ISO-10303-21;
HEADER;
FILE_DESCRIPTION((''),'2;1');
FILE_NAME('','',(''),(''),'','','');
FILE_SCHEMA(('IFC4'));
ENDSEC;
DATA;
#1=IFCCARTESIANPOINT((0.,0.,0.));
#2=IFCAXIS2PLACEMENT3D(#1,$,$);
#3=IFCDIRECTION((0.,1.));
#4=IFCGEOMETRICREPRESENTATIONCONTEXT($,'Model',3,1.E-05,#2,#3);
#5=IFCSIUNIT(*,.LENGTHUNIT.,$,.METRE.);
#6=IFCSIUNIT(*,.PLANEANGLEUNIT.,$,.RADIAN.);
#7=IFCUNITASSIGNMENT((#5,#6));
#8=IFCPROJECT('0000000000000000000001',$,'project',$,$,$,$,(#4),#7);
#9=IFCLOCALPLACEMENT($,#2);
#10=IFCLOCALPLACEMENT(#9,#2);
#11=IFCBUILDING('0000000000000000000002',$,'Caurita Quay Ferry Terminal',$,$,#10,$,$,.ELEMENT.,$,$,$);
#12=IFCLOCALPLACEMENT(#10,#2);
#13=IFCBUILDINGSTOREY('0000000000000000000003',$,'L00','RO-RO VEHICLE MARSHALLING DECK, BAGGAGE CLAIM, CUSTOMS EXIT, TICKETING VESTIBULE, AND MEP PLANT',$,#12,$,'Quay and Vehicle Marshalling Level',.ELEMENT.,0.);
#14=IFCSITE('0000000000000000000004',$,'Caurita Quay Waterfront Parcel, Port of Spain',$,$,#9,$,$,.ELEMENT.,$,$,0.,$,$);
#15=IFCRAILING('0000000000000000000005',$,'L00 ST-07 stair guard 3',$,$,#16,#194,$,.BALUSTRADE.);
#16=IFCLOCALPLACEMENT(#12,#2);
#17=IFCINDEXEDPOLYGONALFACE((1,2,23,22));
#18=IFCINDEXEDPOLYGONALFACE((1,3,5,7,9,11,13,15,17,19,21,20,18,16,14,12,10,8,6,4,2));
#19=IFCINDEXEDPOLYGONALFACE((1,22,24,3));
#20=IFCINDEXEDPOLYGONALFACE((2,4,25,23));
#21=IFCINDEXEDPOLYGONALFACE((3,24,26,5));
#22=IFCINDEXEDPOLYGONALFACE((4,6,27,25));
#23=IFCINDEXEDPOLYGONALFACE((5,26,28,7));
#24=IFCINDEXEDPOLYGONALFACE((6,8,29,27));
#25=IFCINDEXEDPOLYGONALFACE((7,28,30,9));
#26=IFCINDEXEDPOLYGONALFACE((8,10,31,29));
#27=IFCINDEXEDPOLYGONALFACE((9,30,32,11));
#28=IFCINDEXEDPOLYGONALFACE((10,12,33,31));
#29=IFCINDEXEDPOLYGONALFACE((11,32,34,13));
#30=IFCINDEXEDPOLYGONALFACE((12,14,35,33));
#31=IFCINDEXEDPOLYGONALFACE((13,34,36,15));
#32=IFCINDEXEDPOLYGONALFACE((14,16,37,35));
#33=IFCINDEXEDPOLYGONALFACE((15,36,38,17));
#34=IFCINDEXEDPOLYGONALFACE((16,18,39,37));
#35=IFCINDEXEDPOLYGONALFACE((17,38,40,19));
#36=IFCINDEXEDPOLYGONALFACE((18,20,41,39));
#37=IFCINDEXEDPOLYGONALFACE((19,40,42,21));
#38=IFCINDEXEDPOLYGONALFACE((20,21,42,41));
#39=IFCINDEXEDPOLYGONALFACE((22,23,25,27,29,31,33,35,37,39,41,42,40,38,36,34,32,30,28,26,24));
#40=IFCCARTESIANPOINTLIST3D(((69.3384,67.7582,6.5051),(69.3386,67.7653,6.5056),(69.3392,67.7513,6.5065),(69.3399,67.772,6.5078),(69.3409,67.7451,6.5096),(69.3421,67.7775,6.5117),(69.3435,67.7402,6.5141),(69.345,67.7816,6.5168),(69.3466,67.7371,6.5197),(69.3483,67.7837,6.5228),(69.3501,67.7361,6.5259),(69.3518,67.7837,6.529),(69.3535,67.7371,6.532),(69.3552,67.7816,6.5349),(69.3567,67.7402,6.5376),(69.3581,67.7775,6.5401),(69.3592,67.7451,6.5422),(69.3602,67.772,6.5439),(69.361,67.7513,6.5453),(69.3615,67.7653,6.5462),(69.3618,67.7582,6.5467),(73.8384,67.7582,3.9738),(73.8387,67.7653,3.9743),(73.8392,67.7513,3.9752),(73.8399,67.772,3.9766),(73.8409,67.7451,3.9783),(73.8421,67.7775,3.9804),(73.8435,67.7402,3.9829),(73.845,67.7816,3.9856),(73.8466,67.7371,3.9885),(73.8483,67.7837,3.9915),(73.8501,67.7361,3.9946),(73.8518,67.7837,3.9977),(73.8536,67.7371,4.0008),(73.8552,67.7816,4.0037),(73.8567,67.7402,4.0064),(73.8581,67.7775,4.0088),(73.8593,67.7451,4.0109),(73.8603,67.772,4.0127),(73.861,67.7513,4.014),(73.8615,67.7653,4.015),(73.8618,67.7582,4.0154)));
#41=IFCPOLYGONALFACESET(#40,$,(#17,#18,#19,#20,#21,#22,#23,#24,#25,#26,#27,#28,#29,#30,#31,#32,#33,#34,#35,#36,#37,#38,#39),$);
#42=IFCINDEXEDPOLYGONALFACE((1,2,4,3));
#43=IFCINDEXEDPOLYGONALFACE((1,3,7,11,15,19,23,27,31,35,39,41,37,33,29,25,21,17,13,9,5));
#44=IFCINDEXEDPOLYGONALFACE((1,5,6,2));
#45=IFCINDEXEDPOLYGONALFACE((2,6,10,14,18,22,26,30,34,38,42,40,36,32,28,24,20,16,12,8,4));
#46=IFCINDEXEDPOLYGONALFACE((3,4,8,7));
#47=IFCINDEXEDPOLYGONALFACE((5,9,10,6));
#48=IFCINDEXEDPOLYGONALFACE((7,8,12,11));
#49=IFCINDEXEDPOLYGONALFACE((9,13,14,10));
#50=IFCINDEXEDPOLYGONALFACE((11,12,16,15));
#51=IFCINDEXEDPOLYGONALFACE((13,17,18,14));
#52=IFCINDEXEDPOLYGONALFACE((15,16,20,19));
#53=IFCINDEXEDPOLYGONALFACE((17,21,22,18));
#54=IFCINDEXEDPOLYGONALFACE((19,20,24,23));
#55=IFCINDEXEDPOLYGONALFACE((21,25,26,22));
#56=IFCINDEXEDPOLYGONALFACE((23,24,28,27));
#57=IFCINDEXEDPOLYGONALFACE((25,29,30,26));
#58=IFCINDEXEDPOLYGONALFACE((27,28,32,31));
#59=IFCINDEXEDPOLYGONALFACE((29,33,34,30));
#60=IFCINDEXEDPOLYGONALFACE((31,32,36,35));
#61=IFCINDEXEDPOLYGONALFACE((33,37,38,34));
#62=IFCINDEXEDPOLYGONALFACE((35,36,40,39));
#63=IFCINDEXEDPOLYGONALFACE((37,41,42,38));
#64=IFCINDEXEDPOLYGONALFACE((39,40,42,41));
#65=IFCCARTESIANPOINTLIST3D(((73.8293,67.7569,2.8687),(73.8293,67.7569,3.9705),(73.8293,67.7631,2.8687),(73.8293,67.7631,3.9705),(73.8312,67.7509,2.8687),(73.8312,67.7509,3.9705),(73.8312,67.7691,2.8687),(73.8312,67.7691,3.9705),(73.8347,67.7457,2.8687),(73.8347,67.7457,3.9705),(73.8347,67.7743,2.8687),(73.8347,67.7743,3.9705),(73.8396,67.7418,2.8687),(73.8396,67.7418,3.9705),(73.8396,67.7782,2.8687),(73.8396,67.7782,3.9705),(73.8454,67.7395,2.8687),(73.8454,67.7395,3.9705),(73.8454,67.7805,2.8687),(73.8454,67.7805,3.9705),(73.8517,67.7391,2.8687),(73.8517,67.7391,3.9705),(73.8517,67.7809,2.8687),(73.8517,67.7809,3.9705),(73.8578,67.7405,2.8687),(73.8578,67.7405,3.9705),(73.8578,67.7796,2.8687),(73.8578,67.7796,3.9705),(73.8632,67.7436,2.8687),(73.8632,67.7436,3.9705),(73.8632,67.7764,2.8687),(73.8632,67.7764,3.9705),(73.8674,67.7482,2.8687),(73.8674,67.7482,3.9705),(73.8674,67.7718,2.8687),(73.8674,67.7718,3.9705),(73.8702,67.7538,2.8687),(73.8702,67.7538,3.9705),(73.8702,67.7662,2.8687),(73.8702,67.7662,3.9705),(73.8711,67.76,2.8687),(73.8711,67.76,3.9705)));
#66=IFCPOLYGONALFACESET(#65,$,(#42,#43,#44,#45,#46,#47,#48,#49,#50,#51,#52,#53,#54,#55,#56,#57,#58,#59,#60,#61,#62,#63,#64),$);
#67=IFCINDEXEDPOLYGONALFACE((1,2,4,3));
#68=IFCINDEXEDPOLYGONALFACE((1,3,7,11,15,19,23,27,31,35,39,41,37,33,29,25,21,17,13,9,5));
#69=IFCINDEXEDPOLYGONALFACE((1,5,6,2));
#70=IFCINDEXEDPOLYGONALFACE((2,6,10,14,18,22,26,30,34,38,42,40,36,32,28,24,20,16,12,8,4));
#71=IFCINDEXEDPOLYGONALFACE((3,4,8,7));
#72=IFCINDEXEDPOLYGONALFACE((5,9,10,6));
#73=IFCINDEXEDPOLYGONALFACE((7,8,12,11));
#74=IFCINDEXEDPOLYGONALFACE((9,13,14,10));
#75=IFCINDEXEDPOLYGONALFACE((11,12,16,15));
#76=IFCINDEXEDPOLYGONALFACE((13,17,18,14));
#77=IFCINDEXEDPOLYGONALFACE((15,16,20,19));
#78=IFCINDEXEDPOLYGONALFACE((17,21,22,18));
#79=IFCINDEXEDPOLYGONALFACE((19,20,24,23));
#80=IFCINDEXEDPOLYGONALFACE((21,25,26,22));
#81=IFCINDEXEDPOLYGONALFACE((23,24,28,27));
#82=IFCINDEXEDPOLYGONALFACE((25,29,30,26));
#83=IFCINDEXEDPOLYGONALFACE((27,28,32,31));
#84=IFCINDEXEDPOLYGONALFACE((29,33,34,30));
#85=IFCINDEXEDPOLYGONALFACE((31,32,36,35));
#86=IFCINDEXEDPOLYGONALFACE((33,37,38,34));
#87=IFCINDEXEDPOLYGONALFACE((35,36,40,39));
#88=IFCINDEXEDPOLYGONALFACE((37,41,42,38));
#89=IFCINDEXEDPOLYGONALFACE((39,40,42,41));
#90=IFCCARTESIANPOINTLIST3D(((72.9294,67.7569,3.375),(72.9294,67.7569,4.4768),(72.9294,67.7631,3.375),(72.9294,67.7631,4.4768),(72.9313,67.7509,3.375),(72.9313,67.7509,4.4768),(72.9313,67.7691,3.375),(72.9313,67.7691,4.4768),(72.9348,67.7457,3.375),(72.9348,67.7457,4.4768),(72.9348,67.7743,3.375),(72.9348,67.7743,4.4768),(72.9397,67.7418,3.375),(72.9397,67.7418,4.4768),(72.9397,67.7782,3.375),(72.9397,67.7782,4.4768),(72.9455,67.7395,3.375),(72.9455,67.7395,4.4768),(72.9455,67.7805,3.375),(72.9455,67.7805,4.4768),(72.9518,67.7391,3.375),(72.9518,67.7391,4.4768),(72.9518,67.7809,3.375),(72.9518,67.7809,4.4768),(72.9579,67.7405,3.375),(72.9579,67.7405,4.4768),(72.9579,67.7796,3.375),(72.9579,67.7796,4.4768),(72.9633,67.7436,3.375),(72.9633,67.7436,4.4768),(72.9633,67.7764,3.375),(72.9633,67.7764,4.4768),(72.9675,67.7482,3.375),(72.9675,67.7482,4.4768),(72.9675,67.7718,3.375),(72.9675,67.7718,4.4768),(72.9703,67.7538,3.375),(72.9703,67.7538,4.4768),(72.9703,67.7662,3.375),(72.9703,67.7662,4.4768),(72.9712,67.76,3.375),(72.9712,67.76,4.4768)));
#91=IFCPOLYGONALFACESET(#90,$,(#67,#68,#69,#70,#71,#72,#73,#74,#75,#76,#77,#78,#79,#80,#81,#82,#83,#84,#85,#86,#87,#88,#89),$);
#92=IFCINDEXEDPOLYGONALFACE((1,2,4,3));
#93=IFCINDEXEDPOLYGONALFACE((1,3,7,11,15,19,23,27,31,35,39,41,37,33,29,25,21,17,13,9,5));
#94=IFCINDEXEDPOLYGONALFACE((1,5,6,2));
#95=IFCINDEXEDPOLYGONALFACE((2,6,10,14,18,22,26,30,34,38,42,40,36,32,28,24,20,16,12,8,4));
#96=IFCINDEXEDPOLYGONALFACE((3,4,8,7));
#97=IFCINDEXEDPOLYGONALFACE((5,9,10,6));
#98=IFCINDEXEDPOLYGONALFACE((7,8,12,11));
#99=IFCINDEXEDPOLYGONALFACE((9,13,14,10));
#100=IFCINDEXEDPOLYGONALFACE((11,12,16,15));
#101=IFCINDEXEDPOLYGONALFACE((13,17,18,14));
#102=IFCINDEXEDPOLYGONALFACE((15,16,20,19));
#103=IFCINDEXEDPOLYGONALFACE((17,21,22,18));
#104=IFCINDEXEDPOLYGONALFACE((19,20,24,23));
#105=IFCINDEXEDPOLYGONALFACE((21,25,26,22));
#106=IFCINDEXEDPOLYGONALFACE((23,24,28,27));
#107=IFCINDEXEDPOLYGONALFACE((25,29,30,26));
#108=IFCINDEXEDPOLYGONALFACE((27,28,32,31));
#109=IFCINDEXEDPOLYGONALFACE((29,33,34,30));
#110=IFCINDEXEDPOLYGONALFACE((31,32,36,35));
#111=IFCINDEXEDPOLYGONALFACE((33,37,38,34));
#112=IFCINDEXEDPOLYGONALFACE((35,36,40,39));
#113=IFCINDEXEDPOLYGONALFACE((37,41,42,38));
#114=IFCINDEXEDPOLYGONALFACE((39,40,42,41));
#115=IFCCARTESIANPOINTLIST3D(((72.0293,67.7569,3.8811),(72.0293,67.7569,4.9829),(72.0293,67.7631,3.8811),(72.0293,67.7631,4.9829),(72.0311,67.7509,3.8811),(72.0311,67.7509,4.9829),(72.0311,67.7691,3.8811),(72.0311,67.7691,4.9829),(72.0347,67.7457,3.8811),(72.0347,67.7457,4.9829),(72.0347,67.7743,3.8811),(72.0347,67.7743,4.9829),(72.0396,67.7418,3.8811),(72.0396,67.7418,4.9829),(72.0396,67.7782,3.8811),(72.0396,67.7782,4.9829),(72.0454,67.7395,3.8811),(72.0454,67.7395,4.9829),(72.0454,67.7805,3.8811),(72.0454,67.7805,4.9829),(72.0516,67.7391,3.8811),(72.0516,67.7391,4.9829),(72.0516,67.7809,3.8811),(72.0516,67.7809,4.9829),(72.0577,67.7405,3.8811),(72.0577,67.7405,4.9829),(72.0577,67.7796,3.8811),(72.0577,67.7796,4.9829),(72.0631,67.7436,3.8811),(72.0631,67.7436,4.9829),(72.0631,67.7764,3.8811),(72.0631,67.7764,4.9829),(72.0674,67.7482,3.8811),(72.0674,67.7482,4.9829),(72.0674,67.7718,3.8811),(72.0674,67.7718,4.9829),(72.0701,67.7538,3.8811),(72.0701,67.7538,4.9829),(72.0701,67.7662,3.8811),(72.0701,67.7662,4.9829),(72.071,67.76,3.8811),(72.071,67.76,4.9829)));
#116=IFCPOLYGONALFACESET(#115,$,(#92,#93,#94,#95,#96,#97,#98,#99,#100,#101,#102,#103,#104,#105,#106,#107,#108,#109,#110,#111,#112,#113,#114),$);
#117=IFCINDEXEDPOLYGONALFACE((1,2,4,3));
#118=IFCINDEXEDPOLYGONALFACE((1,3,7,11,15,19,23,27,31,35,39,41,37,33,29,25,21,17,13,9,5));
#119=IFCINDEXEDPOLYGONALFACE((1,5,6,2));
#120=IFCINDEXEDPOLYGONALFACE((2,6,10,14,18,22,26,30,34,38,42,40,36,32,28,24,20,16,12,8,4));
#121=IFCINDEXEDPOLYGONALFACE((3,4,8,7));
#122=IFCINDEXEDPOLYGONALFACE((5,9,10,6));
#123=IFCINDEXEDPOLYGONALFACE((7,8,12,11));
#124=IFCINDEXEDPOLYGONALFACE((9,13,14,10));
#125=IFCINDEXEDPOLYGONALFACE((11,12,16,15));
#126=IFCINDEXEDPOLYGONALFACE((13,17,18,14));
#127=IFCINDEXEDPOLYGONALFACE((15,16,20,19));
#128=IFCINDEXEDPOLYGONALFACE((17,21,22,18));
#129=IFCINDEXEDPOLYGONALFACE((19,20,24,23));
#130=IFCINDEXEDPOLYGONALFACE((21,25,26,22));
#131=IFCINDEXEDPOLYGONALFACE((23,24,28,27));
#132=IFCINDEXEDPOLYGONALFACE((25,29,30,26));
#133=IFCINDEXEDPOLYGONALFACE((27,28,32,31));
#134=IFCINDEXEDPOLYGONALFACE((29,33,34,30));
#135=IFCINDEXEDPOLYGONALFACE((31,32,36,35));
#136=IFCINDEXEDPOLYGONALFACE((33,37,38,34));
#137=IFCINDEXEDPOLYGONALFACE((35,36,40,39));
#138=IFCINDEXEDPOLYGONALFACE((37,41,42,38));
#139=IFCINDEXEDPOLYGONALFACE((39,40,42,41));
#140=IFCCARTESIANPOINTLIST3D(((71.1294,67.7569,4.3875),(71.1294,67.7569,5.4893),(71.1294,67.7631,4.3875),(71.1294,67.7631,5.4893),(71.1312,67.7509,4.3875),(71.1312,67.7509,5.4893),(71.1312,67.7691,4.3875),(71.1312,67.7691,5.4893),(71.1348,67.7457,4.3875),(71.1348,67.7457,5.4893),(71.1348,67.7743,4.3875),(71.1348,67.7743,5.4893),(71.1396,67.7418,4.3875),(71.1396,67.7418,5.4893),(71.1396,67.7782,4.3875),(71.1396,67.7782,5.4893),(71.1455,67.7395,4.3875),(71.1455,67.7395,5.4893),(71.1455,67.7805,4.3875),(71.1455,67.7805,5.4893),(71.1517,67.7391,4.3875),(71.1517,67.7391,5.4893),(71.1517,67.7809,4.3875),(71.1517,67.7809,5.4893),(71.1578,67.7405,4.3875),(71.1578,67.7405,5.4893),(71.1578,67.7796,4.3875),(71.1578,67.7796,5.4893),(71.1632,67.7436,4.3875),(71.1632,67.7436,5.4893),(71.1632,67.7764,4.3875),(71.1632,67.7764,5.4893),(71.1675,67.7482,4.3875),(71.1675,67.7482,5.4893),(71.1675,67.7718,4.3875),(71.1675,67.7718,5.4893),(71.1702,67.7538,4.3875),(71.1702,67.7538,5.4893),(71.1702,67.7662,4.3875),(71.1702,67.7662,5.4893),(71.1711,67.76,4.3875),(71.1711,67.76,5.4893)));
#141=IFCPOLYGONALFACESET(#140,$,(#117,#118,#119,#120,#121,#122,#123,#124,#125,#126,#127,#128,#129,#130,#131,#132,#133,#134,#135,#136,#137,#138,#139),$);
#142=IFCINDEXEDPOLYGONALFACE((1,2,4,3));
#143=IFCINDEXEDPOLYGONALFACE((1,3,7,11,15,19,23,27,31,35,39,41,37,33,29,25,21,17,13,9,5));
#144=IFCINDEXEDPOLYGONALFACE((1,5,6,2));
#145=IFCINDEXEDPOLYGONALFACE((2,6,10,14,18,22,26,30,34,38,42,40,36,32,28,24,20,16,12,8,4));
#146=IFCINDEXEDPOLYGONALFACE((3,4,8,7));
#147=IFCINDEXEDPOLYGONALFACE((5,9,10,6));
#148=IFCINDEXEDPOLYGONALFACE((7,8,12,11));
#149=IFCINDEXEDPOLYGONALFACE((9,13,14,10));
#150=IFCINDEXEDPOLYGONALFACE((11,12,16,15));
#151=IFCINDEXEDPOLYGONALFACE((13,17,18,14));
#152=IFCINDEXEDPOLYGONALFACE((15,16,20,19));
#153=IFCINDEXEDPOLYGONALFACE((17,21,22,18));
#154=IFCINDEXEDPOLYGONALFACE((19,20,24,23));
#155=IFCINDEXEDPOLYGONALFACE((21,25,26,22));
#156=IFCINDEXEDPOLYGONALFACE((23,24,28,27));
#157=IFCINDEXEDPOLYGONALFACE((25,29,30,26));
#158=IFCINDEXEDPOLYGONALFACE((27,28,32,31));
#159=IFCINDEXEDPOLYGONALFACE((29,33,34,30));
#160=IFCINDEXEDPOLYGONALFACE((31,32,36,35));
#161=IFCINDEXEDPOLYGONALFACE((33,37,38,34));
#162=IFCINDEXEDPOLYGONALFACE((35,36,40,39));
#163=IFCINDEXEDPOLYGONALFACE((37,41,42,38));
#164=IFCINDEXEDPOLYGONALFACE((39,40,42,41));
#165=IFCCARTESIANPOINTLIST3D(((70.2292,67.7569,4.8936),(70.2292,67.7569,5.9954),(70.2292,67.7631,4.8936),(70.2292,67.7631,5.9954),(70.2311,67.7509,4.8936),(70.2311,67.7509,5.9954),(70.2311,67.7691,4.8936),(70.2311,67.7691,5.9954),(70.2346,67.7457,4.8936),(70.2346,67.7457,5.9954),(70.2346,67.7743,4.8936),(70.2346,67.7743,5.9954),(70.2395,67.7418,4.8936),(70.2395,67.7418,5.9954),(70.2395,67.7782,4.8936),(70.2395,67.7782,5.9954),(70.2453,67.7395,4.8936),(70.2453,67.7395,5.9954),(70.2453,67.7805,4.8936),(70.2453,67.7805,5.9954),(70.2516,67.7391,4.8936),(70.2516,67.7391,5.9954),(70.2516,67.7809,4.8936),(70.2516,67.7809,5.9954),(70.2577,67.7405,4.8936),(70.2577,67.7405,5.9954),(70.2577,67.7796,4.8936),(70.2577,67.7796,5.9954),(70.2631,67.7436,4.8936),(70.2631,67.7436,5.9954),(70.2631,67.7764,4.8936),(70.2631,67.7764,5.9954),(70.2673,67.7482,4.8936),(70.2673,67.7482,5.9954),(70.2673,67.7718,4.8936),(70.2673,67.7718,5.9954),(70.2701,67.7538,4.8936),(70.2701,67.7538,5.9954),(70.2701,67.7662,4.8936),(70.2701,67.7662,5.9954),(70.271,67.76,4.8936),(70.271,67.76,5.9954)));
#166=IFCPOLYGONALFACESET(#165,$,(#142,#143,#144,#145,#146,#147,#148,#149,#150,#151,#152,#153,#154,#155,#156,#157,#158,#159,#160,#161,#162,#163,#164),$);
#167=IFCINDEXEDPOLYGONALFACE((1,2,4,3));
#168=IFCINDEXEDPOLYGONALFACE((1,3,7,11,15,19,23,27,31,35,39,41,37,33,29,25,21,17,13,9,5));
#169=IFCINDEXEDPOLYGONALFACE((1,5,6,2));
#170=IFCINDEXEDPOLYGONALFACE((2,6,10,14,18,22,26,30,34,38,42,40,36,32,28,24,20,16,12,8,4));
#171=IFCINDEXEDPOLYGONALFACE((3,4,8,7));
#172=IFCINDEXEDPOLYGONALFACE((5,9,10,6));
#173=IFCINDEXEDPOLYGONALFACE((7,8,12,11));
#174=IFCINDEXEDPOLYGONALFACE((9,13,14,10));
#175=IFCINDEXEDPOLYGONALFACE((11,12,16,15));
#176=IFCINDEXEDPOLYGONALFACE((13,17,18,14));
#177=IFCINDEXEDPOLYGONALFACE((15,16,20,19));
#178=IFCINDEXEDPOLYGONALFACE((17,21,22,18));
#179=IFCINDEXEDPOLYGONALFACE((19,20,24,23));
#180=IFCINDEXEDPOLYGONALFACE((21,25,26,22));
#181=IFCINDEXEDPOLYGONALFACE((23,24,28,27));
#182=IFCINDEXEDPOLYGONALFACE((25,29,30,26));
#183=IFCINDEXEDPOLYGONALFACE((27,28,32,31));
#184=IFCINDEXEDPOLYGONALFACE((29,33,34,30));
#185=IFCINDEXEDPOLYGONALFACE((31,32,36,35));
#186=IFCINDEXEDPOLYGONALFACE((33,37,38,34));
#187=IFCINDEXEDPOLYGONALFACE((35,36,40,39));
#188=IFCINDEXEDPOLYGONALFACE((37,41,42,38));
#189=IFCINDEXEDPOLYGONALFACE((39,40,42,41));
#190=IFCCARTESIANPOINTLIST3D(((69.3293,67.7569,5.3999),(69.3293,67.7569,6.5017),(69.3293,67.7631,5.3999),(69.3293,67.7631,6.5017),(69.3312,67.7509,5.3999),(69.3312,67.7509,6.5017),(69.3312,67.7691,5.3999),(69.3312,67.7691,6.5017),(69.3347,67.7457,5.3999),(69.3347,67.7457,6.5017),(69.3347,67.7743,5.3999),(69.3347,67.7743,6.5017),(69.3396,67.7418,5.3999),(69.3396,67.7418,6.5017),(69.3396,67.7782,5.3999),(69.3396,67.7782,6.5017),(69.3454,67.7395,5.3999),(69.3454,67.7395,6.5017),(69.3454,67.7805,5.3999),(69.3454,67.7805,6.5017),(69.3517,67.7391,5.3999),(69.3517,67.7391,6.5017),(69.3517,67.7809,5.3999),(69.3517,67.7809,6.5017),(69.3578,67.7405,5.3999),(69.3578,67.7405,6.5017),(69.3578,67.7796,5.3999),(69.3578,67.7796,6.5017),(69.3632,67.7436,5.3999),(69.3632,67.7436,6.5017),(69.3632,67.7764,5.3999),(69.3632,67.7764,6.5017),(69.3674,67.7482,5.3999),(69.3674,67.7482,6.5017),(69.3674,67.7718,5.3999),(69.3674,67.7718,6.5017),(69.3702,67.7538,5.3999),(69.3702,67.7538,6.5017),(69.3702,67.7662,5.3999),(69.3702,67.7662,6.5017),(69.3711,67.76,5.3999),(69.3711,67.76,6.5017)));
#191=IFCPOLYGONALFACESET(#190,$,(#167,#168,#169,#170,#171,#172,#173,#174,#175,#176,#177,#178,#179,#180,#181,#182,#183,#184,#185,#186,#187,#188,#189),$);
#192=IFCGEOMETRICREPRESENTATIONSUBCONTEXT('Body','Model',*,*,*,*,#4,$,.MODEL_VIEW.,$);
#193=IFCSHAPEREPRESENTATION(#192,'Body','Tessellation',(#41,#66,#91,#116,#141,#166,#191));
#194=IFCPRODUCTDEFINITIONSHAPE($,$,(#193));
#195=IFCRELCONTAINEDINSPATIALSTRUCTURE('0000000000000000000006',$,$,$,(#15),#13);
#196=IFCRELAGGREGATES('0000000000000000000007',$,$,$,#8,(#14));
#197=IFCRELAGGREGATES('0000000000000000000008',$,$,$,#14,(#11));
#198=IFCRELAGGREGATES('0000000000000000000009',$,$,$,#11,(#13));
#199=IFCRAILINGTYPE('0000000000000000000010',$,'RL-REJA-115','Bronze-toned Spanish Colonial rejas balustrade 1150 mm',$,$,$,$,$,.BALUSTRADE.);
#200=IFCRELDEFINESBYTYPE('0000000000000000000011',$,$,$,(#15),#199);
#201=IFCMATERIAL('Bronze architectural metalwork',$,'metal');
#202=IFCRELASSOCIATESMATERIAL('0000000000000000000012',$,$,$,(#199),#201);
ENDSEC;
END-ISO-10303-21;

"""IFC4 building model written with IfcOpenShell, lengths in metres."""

from ifc_helpers import new_model, si_unit, direction, frame, origin, origin_2d, place, context, subcontext, project, spatial, circle, extrude, material, type_object, element, save


model = new_model("IFC4")

# Units and contexts
model_context = context("Model", 3, precision=1e-05, world=origin(), true_north=direction((0.0, 1.0)))
body_context = subcontext(model_context, "Body", "Model", "MODEL_VIEW")
ifc_project = project(units=[si_unit("LENGTHUNIT", "METRE"), si_unit("PLANEANGLEUNIT", "RADIAN")], contexts=[model_context])

# Site, building, storey
site_placement = place(None, origin())
site = spatial("IfcSite", under=ifc_project, at=site_placement, Name="Caurita Quay Waterfront Parcel, Port of Spain", CompositionType="ELEMENT", RefElevation=0.0)
building_placement = place(site_placement, origin())
building = spatial("IfcBuilding", under=site, at=building_placement, Name="Caurita Quay Ferry Terminal", CompositionType="ELEMENT")
storey_placement = place(building_placement, origin())
storey = spatial("IfcBuildingStorey", under=building, at=storey_placement, Name="L00", Description="RO-RO VEHICLE MARSHALLING DECK, BAGGAGE CLAIM, CUSTOMS EXIT, TICKETING VESTIBULE, AND MEP PLANT", LongName="Quay and Vehicle Marshalling Level", CompositionType="ELEMENT", Elevation=0.0)

# Railing
ifc_material_1 = material(Name="Bronze architectural metalwork", Category="metal")
railing_type_1 = type_object("IfcRailingType", Name="RL-REJA-115", Description="Bronze-toned Spanish Colonial rejas balustrade 1150 mm", PredefinedType="BALUSTRADE", material=ifc_material_1)
railing_1_placement = place(storey_placement, frame((73.8501, 67.76, 2.8687)))
element("IfcRailing", 1, at=railing_1_placement, inside=storey, type_object=railing_type_1, Name="L00 ST-07 stair guard 3", PredefinedType="BALUSTRADE", context=body_context, shape_type="SweptSolid", body=[
    extrude(circle(Radius=0.0239, at=origin_2d()), frame((0.0, 0.0, 1.126), z_axis=(-0.871576, 0.0, 0.490261), x_axis=(0.0, -1.0, 0.0)), (0.0, 0.0, 1.0), 5.1631),
    extrude(circle(Radius=0.021, at=origin_2d()), origin(), (0.0, 0.0, 1.0), 1.1018),
    extrude(circle(Radius=0.021, at=origin_2d()), frame((-0.8999, 0.0, 0.5063)), (0.0, 0.0, 1.0), 1.1018),
    extrude(circle(Radius=0.021, at=origin_2d()), frame((-1.8, 0.0, 1.0125)), (0.0, 0.0, 1.0), 1.1018),
    extrude(circle(Radius=0.021, at=origin_2d()), frame((-2.7, 0.0, 1.5188)), (0.0, 0.0, 1.0), 1.1018),
    extrude(circle(Radius=0.021, at=origin_2d()), frame((-3.6001, 0.0, 2.0249)), (0.0, 0.0, 1.0), 1.1018),
    extrude(circle(Radius=0.021, at=origin_2d()), frame((-4.5, 0.0, 2.5312)), (0.0, 0.0, 1.0), 1.1018),
])

save(model, "model.ifc")
